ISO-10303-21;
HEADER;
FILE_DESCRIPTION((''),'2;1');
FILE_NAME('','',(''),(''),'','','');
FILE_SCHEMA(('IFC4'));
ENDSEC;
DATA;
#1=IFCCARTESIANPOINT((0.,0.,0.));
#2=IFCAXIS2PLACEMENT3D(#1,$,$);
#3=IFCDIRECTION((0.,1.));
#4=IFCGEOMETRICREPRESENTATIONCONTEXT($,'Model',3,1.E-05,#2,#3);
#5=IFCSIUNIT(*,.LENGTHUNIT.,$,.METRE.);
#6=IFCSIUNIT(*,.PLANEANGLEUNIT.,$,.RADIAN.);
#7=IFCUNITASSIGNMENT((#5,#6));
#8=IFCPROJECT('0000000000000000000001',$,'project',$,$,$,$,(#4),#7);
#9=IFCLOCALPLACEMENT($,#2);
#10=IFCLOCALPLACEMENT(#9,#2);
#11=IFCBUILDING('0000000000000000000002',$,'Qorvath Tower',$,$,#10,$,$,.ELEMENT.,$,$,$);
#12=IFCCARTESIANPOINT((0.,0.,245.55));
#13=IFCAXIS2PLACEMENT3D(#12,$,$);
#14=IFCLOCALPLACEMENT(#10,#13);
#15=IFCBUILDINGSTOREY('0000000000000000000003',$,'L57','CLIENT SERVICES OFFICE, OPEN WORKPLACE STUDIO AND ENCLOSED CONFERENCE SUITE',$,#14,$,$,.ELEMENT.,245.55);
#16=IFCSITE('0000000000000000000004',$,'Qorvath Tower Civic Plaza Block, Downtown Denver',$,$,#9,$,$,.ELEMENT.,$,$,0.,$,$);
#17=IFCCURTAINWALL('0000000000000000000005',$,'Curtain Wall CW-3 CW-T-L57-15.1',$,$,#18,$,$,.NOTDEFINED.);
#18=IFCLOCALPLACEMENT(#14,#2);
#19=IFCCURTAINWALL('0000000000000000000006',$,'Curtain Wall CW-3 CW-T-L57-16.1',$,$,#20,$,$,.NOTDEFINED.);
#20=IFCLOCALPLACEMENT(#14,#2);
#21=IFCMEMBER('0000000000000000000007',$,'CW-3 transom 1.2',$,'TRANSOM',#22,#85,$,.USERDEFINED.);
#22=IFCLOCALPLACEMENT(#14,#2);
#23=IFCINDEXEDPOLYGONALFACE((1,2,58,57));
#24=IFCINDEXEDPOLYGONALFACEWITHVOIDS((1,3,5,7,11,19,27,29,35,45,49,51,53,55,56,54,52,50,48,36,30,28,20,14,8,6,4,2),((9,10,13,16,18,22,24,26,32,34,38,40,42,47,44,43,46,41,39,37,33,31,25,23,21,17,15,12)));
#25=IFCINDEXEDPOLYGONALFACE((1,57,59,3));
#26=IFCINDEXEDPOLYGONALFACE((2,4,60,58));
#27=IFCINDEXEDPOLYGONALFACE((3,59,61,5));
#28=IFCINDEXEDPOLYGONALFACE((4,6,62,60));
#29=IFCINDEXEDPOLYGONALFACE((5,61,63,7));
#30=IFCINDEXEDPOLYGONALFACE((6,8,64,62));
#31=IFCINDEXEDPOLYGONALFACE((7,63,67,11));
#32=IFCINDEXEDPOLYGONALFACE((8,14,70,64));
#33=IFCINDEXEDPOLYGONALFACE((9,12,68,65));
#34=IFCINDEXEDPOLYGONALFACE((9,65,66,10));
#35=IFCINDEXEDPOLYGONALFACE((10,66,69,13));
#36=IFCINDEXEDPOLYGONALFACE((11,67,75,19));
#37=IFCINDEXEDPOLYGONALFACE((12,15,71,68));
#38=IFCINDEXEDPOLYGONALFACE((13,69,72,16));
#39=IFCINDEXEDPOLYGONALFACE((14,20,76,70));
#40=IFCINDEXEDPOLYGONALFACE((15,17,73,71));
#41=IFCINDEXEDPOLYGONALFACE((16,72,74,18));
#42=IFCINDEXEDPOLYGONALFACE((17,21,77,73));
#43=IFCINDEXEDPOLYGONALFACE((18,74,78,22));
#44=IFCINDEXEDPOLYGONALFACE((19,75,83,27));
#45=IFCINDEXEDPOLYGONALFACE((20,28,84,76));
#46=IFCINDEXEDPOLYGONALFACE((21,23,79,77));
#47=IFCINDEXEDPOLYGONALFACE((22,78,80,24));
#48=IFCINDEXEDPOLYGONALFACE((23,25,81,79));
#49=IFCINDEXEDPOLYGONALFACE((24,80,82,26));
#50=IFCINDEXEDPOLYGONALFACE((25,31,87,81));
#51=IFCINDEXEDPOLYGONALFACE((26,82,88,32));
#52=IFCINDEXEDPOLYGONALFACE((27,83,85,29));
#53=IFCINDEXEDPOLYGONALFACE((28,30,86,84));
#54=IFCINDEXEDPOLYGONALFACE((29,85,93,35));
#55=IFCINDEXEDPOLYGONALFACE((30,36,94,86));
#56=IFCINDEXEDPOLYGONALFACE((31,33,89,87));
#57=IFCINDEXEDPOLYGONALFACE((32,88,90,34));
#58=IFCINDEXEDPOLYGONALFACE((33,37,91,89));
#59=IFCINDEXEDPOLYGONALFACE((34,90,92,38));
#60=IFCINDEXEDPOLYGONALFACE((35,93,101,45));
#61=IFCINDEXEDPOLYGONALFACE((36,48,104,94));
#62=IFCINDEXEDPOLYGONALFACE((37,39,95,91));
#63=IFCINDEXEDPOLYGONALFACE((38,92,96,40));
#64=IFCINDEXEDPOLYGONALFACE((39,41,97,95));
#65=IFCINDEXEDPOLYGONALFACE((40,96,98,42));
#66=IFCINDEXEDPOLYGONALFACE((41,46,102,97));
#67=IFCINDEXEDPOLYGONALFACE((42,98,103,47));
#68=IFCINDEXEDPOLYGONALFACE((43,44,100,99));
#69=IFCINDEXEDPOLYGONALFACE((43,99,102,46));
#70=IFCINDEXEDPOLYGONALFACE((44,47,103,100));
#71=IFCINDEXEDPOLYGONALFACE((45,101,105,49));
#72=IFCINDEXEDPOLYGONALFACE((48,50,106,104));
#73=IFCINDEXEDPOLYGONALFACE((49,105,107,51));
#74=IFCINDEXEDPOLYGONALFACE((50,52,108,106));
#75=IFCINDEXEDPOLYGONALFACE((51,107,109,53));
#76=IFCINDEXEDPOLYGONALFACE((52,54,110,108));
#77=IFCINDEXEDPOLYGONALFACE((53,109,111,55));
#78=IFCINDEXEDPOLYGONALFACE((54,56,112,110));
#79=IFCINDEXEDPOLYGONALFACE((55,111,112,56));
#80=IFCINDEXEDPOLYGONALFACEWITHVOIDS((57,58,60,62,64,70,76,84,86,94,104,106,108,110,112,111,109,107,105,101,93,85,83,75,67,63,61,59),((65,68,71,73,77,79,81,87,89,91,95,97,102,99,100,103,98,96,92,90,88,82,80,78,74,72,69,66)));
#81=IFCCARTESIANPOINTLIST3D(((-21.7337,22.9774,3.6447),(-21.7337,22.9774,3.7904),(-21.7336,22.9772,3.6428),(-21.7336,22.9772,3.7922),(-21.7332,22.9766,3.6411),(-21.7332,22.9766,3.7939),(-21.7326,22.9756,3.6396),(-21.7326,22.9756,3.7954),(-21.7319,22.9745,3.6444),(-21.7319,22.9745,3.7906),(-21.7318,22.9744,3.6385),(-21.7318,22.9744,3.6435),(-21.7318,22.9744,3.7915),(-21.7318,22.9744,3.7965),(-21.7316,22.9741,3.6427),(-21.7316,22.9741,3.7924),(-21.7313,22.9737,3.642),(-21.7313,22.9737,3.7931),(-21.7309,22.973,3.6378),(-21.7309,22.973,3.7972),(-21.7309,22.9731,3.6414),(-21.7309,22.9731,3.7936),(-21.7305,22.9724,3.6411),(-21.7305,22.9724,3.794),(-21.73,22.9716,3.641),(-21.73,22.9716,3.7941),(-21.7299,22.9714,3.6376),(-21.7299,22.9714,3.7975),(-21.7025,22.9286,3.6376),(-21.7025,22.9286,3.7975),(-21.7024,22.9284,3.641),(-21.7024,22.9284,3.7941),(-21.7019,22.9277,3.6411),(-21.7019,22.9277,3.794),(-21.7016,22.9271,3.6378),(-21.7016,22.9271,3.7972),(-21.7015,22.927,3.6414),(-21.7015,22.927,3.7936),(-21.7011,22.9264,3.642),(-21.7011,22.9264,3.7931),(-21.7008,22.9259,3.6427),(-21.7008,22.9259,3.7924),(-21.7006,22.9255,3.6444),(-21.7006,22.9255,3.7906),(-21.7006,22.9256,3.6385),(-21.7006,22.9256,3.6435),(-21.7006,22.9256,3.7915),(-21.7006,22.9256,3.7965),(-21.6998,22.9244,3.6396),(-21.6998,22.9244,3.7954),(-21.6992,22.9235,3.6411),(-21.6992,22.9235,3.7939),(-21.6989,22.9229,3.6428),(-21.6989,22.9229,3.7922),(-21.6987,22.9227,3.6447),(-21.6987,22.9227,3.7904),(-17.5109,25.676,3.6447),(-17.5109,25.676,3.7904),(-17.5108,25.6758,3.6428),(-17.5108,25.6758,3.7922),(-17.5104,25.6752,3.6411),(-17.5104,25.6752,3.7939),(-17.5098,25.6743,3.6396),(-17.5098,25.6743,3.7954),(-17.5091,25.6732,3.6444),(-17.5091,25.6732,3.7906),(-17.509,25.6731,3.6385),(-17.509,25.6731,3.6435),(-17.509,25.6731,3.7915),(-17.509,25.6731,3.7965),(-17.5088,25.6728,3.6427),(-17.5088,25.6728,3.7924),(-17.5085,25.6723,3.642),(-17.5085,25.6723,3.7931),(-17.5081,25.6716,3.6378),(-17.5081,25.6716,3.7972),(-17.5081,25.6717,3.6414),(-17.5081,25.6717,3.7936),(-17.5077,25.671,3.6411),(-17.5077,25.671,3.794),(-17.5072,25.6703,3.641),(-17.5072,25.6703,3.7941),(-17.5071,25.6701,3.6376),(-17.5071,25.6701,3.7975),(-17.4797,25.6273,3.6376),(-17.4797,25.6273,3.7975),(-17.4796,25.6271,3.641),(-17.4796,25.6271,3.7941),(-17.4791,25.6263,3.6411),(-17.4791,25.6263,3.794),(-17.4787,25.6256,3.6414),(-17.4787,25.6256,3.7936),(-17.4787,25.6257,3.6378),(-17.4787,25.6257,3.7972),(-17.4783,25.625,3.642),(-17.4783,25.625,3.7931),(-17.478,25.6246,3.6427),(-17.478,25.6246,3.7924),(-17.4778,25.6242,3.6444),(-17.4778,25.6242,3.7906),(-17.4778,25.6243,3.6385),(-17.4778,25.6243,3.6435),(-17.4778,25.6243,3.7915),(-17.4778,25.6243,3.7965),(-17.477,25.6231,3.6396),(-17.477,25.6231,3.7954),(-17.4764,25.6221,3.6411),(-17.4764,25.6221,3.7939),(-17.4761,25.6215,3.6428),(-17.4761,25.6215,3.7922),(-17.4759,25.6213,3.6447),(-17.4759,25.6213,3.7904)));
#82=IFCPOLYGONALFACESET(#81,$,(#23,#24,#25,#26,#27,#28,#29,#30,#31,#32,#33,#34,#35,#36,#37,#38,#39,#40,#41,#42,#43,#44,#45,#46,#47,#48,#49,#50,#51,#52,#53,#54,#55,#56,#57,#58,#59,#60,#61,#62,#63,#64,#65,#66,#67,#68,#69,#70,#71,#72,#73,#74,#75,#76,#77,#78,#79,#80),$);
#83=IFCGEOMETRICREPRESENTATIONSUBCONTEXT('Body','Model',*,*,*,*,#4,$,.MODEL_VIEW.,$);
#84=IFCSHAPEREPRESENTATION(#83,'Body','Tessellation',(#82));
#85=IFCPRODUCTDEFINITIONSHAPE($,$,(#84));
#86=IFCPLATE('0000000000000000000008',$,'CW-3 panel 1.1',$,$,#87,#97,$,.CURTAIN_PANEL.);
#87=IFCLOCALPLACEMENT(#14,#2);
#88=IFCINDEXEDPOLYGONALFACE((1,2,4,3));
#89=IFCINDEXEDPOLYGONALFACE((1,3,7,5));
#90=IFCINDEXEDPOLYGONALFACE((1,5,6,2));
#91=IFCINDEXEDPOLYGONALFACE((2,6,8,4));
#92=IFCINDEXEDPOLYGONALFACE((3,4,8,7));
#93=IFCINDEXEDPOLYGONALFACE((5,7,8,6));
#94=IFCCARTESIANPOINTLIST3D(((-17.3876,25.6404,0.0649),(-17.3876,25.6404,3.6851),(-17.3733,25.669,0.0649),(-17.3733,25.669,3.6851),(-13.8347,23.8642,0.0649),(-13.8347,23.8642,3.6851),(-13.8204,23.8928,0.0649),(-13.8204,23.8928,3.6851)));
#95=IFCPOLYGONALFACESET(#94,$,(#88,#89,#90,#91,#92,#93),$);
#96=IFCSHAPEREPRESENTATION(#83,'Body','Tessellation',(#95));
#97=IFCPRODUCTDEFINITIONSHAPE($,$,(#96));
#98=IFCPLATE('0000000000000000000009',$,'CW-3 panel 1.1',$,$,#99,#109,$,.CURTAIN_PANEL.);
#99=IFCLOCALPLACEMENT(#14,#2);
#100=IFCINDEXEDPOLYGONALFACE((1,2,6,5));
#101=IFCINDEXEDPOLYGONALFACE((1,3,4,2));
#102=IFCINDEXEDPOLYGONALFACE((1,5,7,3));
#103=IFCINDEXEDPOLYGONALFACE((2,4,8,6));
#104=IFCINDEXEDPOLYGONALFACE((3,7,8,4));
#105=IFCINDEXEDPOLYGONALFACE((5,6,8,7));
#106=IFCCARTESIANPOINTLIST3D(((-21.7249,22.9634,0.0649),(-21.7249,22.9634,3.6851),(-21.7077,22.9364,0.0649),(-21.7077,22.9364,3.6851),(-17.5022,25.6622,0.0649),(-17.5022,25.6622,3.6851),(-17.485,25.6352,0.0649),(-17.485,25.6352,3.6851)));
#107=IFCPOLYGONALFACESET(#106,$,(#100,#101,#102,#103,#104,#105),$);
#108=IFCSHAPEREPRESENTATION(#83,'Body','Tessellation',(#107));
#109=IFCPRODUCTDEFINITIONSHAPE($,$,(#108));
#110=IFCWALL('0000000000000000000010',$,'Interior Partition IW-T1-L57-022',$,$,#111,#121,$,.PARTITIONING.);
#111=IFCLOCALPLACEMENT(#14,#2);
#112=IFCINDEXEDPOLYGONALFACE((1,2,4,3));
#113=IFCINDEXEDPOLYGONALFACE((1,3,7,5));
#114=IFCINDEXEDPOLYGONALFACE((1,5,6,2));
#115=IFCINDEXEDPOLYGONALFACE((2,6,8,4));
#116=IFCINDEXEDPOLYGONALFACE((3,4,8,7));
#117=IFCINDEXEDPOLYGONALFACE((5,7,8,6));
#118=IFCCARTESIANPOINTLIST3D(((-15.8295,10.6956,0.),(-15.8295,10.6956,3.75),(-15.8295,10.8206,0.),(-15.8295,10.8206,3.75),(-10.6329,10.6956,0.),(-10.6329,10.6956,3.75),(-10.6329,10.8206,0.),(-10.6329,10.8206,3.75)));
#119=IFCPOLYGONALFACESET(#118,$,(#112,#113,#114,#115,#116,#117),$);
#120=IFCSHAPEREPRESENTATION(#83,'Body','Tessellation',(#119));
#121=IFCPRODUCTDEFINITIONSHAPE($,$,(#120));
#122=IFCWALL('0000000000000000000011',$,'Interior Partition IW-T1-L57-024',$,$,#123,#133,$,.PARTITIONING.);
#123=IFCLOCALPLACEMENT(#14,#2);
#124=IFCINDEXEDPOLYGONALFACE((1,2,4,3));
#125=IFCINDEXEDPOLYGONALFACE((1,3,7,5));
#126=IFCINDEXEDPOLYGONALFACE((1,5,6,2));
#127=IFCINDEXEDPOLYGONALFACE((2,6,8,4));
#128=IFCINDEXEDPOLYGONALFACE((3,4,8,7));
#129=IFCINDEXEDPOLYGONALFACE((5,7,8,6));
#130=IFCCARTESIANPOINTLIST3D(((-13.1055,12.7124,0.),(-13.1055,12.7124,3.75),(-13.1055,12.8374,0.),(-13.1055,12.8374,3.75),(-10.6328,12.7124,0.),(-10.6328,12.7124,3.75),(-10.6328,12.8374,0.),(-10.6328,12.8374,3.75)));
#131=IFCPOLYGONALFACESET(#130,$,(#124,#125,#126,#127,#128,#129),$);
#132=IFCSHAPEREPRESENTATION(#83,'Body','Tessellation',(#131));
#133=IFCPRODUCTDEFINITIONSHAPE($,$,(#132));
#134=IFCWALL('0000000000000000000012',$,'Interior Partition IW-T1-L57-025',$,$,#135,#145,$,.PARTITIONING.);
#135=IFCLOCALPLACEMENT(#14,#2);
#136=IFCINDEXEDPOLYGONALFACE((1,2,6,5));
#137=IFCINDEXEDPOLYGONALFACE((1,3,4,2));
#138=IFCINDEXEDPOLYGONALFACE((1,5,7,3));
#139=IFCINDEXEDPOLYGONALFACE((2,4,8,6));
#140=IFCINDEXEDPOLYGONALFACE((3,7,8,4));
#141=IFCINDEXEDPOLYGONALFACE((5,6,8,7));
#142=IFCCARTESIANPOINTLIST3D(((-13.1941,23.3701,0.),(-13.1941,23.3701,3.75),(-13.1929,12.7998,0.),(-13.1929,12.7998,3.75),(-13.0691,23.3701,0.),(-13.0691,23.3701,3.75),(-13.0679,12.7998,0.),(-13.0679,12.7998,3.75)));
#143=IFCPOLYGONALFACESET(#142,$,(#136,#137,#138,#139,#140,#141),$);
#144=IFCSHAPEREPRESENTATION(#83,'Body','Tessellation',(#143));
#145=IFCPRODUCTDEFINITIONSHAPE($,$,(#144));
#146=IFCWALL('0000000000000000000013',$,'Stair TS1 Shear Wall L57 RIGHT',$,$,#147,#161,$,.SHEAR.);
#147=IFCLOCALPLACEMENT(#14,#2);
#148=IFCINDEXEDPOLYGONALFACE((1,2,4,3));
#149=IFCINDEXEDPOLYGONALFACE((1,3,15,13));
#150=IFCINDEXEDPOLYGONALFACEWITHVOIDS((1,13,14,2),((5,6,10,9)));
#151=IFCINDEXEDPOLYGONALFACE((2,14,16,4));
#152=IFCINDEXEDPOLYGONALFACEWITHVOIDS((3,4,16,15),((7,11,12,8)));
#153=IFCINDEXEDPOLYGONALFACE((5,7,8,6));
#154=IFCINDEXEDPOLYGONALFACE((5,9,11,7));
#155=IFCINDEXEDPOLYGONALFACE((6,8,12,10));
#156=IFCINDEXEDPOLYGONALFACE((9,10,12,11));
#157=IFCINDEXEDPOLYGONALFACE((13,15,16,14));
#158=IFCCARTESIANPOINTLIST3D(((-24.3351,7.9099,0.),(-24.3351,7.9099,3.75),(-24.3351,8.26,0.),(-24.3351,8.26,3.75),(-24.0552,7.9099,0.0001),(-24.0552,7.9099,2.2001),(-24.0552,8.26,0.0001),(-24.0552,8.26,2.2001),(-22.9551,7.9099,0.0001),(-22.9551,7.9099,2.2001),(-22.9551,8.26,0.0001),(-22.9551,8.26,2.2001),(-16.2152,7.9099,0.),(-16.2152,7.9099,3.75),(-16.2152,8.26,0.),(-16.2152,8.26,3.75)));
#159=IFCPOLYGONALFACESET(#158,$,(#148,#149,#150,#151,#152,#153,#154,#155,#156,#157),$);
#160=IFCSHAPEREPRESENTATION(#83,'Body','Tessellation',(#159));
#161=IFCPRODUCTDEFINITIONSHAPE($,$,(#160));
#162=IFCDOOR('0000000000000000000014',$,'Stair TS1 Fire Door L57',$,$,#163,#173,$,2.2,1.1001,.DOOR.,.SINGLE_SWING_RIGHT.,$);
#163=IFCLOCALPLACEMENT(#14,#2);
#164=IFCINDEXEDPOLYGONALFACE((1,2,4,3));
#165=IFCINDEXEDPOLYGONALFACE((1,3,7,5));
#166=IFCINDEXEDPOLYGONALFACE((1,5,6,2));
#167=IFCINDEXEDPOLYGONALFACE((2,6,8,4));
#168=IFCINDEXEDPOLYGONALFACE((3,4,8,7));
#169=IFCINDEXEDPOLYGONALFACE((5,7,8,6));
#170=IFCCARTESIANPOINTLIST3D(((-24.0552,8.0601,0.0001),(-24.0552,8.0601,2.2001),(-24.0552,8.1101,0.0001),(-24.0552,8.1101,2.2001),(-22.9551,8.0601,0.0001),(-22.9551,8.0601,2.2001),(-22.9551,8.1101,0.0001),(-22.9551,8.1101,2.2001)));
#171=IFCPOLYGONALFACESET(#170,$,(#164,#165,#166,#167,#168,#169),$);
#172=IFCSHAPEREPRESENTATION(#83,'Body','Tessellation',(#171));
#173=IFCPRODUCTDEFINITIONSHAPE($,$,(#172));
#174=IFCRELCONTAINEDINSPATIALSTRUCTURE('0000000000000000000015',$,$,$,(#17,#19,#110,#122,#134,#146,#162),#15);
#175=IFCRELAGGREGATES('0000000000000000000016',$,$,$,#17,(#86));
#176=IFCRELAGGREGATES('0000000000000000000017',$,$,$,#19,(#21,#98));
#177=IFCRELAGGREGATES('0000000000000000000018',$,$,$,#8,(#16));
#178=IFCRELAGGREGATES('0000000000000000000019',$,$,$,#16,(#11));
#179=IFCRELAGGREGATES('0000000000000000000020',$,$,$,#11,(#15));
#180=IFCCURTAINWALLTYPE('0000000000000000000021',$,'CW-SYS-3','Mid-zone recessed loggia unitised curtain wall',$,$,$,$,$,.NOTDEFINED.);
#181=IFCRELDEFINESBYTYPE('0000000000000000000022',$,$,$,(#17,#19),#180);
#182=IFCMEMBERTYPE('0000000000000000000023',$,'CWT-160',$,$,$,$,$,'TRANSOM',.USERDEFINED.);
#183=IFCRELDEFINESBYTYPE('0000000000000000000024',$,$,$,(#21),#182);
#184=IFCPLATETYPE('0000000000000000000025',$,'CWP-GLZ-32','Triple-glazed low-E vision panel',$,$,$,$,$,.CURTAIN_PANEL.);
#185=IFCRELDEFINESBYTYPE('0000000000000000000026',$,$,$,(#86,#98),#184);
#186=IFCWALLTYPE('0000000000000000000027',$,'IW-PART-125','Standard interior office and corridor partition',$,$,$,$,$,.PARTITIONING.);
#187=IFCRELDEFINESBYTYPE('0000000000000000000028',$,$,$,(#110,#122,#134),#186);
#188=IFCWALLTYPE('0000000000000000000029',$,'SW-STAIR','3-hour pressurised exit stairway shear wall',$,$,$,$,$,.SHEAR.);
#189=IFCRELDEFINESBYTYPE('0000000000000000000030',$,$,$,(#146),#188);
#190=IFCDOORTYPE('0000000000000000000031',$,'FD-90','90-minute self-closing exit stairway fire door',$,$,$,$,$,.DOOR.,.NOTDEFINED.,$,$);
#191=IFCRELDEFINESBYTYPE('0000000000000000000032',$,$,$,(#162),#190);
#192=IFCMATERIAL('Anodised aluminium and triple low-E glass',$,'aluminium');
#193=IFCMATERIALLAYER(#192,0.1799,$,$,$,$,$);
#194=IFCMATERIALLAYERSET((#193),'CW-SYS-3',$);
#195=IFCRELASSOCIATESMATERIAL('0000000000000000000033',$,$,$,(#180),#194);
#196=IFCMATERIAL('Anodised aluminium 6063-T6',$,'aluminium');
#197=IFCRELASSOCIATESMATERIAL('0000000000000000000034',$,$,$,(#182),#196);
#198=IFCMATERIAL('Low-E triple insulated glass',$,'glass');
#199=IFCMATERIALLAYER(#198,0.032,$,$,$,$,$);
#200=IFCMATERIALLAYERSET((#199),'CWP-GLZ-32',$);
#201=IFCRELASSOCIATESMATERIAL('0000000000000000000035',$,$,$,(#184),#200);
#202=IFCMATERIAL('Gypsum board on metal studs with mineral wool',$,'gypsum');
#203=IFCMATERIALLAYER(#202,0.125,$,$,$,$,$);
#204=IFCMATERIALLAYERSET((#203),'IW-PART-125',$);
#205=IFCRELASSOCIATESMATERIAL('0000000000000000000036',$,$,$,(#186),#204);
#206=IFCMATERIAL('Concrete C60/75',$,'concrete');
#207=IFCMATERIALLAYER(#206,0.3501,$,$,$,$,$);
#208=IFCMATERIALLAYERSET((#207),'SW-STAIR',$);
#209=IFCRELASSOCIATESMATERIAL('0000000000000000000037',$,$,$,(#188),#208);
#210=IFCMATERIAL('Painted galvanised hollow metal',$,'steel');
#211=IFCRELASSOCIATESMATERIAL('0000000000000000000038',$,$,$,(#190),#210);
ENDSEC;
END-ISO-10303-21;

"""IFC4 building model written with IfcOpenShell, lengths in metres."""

from ifc_helpers import new_model, si_unit, direction, frame, frame_2d, origin, origin_2d, place, context, subcontext, project, spatial, rectangle, hollow_rectangle, extrude, material, layer, layer_set, material_profile, profile_set, type_object, element, fill, aggregate, save


model = new_model("IFC4")

# Units and contexts
model_context = context("Model", 3, precision=1e-05, world=origin(), true_north=direction((0.0, 1.0)))
body_context = subcontext(model_context, "Body", "Model", "MODEL_VIEW")
ifc_project = project(units=[si_unit("LENGTHUNIT", "METRE"), si_unit("PLANEANGLEUNIT", "RADIAN")], contexts=[model_context])

# Site, building, storey
site_placement = place(None, origin())
site = spatial("IfcSite", under=ifc_project, at=site_placement, Name="Qorvath Tower Civic Plaza Block, Downtown Denver", CompositionType="ELEMENT", RefElevation=0.0)
building_placement = place(site_placement, origin())
building = spatial("IfcBuilding", under=site, at=building_placement, Name="Qorvath Tower", CompositionType="ELEMENT")
storey_placement = place(building_placement, frame((0.0, 0.0, 245.55)))
storey = spatial("IfcBuildingStorey", under=building, at=storey_placement, Name="L57", Description="CLIENT SERVICES OFFICE, OPEN WORKPLACE STUDIO AND ENCLOSED CONFERENCE SUITE", CompositionType="ELEMENT", Elevation=245.55)

# Shared definitions
ifc_material_1 = material(Name="Anodised aluminium and triple low-E glass", Category="aluminium")
ifc_layer_1 = layer(ifc_material_1, 0.1799)
ifc_layer_set_1 = layer_set([ifc_layer_1], Name="CW-SYS-3")
curtain_wall_type = type_object("IfcCurtainWallType", Name="CW-SYS-3", Description="Mid-zone recessed loggia unitised curtain wall", PredefinedType="NOTDEFINED", material=ifc_layer_set_1)

# Curtain wall
curtain_wall_1_placement = place(storey_placement, origin())
curtain_wall_1 = element("IfcCurtainWall", 1, at=curtain_wall_1_placement, inside=storey, type_object=curtain_wall_type, Name="Curtain Wall CW-3 CW-T-L57-15.1", PredefinedType="NOTDEFINED")

# Curtain wall
curtain_wall_2_placement = place(storey_placement, origin())
curtain_wall_2 = element("IfcCurtainWall", 2, at=curtain_wall_2_placement, inside=storey, type_object=curtain_wall_type, Name="Curtain Wall CW-3 CW-T-L57-16.1", PredefinedType="NOTDEFINED")

# Member
ifc_material_2 = material(Name="Anodised aluminium 6063-T6", Category="aluminium")
ifc_material_profile_1 = material_profile(ifc_material_2, hollow_rectangle(XDim=0.0649, YDim=0.1599, WallThickness=0.0034, InnerFilletRadius=0.0034, OuterFilletRadius=0.0071, at=origin_2d()), Name="CWT 160x65")
ifc_profile_set_1 = profile_set([ifc_material_profile_1], Name="Anodised aluminium 6063-T6")
member_type_1 = type_object("IfcMemberType", Name="CWT-160", ElementType="TRANSOM", PredefinedType="USERDEFINED", material=ifc_profile_set_1)
member_1_placement = place(storey_placement, frame((-17.4934, 25.6487, 3.7175), z_axis=(-0.842627, -0.538498, 0.0), x_axis=(0.538498, -0.842627, 0.0)))
member_1 = element("IfcMember", 3, at=member_1_placement, type_object=member_type_1, Name="CW-3 transom 1.2", ObjectType="TRANSOM", PredefinedType="USERDEFINED", context=body_context, shape_type="SweptSolid", body=[
    extrude(hollow_rectangle(XDim=0.0649, YDim=0.1599, WallThickness=0.0034, InnerFilletRadius=0.0034, OuterFilletRadius=0.0071, at=origin_2d()), origin(), (0.0, 0.0, 1.0), 5.0115),
])

# Plates
ifc_material_3 = material(Name="Low-E triple insulated glass", Category="glass")
ifc_layer_2 = layer(ifc_material_3, 0.032)
ifc_layer_set_2 = layer_set([ifc_layer_2], Name="CWP-GLZ-32")
plate_type = type_object("IfcPlateType", Name="CWP-GLZ-32", Description="Triple-glazed low-E vision panel", PredefinedType="CURTAIN_PANEL", material=ifc_layer_set_2)
plate_1_placement = place(storey_placement, frame((-15.604, 24.7666, 0.0649), z_axis=(0.0, 0.0, 1.0), x_axis=(-0.894447, 0.447175, 0.0)))
plate_1 = element("IfcPlate", 4, at=plate_1_placement, type_object=plate_type, Name="CW-3 panel 1.1", PredefinedType="CURTAIN_PANEL", context=body_context, shape_type="SweptSolid", body=[
    extrude(rectangle(XDim=3.9722, YDim=0.032, at=origin_2d()), origin(), (0.0, 0.0, 1.0), 3.6201),
])
aggregate(curtain_wall_1, [plate_1])
plate_2_placement = place(storey_placement, frame((-19.605, 24.2993, 0.0649), z_axis=(0.0, 0.0, 1.0), x_axis=(-0.842608, -0.538527, 0.0)))
plate_2 = element("IfcPlate", 5, at=plate_2_placement, type_object=plate_type, Name="CW-3 panel 1.1", PredefinedType="CURTAIN_PANEL", context=body_context, shape_type="SweptSolid", body=[
    extrude(rectangle(XDim=5.0115, YDim=0.032, at=origin_2d()), origin(), (0.0, 0.0, 1.0), 3.6201),
])
aggregate(curtain_wall_2, [member_1, plate_2])

# Walls
ifc_material_4 = material(Name="Gypsum board on metal studs with mineral wool", Category="gypsum")
ifc_layer_3 = layer(ifc_material_4, 0.125)
ifc_layer_set_3 = layer_set([ifc_layer_3], Name="IW-PART-125")
wall_type_1 = type_object("IfcWallType", Name="IW-PART-125", Description="Standard interior office and corridor partition", PredefinedType="PARTITIONING", material=ifc_layer_set_3)
wall_1_placement = place(storey_placement, frame((-15.8293, 10.7581, 0.0), z_axis=(0.0, 0.0, 1.0), x_axis=(1.0, 0.0, 0.0)))
element("IfcWall", 6, at=wall_1_placement, inside=storey, type_object=wall_type_1, Name="Interior Partition IW-T1-L57-022", PredefinedType="PARTITIONING", context=body_context, shape_type="SweptSolid", body=[
    extrude(rectangle(XDim=5.1965, YDim=0.125, at=frame_2d((2.5981, 0.0))), origin(), (0.0, 0.0, 1.0), 3.75),
])
wall_2_placement = place(storey_placement, frame((-13.1055, 12.7749, 0.0), z_axis=(0.0, 0.0, 1.0), x_axis=(1.0, 0.0, 0.0)))
element("IfcWall", 7, at=wall_2_placement, inside=storey, type_object=wall_type_1, Name="Interior Partition IW-T1-L57-024", PredefinedType="PARTITIONING", context=body_context, shape_type="SweptSolid", body=[
    extrude(rectangle(XDim=2.4727, YDim=0.125, at=frame_2d((1.2363, 0.0))), origin(), (0.0, 0.0, 1.0), 3.75),
])
wall_3_placement = place(storey_placement, frame((-13.1304, 12.7998, 0.0), z_axis=(0.0, 0.0, 1.0), x_axis=(-0.000115, 1.0, 0.0)))
element("IfcWall", 8, at=wall_3_placement, inside=storey, type_object=wall_type_1, Name="Interior Partition IW-T1-L57-025", PredefinedType="PARTITIONING", context=body_context, shape_type="SweptSolid", body=[
    extrude(rectangle(XDim=10.5703, YDim=0.125, at=frame_2d((5.2852, 0.0))), origin(), (0.0, 0.0, 1.0), 3.75),
])

# Wall, opening, door
ifc_material_5 = material(Name="Concrete C60/75", Category="concrete")
ifc_layer_4 = layer(ifc_material_5, 0.3501)
ifc_layer_set_4 = layer_set([ifc_layer_4], Name="SW-STAIR")
wall_type_2 = type_object("IfcWallType", Name="SW-STAIR", Description="3-hour pressurised exit stairway shear wall", PredefinedType="SHEAR", material=ifc_layer_set_4)
wall_4_placement = place(storey_placement, frame((-16.2151, 8.085, 0.0), z_axis=(0.0, 0.0, 1.0), x_axis=(-1.0, 0.0, 0.0)))
wall_4 = element("IfcWall", 9, at=wall_4_placement, inside=storey, type_object=wall_type_2, Name="Stair TS1 Shear Wall L57 RIGHT", PredefinedType="SHEAR", context=body_context, shape_type="SweptSolid", body=[
    extrude(rectangle(XDim=8.1199, YDim=0.3501, at=frame_2d((4.0601, 0.0))), origin(), (0.0, 0.0, 1.0), 3.75),
])
opening_placement = place(wall_4_placement, frame((6.74, 0.0, 0.0)))
opening = element("IfcOpeningElement", 10, at=opening_placement, cuts=wall_4, PredefinedType="OPENING", context=body_context, shape_type="SweptSolid", body=[
    extrude(rectangle(XDim=1.1001, YDim=2.2, at=frame_2d((0.55, 1.1001))), frame((0.0, 0.1851, 0.0), z_axis=(0.0, -1.0, 0.0), x_axis=(1.0, 0.0, 0.0)), (0.0, 0.0, 1.0), 0.3701),
])
ifc_material_6 = material(Name="Painted galvanised hollow metal", Category="steel")
door_type = type_object("IfcDoorType", Name="FD-90", Description="90-minute self-closing exit stairway fire door", OperationType="NOTDEFINED", PredefinedType="DOOR", material=ifc_material_6)
door_placement = place(opening_placement, origin())
door = element("IfcDoor", 11, at=door_placement, inside=storey, type_object=door_type, Name="Stair TS1 Fire Door L57", OperationType="SINGLE_SWING_RIGHT", OverallHeight=2.2, OverallWidth=1.1001, PredefinedType="DOOR", context=body_context, shape_type="SweptSolid", body=[
    extrude(rectangle(XDim=1.1001, YDim=2.2, at=frame_2d((0.55, 1.1001))), frame((0.0, 0.0249, 0.0), z_axis=(0.0, -1.0, 0.0), x_axis=(1.0, 0.0, 0.0)), (0.0, 0.0, 1.0), 0.05),
])
fill(opening, door)

save(model, "model.ifc")
